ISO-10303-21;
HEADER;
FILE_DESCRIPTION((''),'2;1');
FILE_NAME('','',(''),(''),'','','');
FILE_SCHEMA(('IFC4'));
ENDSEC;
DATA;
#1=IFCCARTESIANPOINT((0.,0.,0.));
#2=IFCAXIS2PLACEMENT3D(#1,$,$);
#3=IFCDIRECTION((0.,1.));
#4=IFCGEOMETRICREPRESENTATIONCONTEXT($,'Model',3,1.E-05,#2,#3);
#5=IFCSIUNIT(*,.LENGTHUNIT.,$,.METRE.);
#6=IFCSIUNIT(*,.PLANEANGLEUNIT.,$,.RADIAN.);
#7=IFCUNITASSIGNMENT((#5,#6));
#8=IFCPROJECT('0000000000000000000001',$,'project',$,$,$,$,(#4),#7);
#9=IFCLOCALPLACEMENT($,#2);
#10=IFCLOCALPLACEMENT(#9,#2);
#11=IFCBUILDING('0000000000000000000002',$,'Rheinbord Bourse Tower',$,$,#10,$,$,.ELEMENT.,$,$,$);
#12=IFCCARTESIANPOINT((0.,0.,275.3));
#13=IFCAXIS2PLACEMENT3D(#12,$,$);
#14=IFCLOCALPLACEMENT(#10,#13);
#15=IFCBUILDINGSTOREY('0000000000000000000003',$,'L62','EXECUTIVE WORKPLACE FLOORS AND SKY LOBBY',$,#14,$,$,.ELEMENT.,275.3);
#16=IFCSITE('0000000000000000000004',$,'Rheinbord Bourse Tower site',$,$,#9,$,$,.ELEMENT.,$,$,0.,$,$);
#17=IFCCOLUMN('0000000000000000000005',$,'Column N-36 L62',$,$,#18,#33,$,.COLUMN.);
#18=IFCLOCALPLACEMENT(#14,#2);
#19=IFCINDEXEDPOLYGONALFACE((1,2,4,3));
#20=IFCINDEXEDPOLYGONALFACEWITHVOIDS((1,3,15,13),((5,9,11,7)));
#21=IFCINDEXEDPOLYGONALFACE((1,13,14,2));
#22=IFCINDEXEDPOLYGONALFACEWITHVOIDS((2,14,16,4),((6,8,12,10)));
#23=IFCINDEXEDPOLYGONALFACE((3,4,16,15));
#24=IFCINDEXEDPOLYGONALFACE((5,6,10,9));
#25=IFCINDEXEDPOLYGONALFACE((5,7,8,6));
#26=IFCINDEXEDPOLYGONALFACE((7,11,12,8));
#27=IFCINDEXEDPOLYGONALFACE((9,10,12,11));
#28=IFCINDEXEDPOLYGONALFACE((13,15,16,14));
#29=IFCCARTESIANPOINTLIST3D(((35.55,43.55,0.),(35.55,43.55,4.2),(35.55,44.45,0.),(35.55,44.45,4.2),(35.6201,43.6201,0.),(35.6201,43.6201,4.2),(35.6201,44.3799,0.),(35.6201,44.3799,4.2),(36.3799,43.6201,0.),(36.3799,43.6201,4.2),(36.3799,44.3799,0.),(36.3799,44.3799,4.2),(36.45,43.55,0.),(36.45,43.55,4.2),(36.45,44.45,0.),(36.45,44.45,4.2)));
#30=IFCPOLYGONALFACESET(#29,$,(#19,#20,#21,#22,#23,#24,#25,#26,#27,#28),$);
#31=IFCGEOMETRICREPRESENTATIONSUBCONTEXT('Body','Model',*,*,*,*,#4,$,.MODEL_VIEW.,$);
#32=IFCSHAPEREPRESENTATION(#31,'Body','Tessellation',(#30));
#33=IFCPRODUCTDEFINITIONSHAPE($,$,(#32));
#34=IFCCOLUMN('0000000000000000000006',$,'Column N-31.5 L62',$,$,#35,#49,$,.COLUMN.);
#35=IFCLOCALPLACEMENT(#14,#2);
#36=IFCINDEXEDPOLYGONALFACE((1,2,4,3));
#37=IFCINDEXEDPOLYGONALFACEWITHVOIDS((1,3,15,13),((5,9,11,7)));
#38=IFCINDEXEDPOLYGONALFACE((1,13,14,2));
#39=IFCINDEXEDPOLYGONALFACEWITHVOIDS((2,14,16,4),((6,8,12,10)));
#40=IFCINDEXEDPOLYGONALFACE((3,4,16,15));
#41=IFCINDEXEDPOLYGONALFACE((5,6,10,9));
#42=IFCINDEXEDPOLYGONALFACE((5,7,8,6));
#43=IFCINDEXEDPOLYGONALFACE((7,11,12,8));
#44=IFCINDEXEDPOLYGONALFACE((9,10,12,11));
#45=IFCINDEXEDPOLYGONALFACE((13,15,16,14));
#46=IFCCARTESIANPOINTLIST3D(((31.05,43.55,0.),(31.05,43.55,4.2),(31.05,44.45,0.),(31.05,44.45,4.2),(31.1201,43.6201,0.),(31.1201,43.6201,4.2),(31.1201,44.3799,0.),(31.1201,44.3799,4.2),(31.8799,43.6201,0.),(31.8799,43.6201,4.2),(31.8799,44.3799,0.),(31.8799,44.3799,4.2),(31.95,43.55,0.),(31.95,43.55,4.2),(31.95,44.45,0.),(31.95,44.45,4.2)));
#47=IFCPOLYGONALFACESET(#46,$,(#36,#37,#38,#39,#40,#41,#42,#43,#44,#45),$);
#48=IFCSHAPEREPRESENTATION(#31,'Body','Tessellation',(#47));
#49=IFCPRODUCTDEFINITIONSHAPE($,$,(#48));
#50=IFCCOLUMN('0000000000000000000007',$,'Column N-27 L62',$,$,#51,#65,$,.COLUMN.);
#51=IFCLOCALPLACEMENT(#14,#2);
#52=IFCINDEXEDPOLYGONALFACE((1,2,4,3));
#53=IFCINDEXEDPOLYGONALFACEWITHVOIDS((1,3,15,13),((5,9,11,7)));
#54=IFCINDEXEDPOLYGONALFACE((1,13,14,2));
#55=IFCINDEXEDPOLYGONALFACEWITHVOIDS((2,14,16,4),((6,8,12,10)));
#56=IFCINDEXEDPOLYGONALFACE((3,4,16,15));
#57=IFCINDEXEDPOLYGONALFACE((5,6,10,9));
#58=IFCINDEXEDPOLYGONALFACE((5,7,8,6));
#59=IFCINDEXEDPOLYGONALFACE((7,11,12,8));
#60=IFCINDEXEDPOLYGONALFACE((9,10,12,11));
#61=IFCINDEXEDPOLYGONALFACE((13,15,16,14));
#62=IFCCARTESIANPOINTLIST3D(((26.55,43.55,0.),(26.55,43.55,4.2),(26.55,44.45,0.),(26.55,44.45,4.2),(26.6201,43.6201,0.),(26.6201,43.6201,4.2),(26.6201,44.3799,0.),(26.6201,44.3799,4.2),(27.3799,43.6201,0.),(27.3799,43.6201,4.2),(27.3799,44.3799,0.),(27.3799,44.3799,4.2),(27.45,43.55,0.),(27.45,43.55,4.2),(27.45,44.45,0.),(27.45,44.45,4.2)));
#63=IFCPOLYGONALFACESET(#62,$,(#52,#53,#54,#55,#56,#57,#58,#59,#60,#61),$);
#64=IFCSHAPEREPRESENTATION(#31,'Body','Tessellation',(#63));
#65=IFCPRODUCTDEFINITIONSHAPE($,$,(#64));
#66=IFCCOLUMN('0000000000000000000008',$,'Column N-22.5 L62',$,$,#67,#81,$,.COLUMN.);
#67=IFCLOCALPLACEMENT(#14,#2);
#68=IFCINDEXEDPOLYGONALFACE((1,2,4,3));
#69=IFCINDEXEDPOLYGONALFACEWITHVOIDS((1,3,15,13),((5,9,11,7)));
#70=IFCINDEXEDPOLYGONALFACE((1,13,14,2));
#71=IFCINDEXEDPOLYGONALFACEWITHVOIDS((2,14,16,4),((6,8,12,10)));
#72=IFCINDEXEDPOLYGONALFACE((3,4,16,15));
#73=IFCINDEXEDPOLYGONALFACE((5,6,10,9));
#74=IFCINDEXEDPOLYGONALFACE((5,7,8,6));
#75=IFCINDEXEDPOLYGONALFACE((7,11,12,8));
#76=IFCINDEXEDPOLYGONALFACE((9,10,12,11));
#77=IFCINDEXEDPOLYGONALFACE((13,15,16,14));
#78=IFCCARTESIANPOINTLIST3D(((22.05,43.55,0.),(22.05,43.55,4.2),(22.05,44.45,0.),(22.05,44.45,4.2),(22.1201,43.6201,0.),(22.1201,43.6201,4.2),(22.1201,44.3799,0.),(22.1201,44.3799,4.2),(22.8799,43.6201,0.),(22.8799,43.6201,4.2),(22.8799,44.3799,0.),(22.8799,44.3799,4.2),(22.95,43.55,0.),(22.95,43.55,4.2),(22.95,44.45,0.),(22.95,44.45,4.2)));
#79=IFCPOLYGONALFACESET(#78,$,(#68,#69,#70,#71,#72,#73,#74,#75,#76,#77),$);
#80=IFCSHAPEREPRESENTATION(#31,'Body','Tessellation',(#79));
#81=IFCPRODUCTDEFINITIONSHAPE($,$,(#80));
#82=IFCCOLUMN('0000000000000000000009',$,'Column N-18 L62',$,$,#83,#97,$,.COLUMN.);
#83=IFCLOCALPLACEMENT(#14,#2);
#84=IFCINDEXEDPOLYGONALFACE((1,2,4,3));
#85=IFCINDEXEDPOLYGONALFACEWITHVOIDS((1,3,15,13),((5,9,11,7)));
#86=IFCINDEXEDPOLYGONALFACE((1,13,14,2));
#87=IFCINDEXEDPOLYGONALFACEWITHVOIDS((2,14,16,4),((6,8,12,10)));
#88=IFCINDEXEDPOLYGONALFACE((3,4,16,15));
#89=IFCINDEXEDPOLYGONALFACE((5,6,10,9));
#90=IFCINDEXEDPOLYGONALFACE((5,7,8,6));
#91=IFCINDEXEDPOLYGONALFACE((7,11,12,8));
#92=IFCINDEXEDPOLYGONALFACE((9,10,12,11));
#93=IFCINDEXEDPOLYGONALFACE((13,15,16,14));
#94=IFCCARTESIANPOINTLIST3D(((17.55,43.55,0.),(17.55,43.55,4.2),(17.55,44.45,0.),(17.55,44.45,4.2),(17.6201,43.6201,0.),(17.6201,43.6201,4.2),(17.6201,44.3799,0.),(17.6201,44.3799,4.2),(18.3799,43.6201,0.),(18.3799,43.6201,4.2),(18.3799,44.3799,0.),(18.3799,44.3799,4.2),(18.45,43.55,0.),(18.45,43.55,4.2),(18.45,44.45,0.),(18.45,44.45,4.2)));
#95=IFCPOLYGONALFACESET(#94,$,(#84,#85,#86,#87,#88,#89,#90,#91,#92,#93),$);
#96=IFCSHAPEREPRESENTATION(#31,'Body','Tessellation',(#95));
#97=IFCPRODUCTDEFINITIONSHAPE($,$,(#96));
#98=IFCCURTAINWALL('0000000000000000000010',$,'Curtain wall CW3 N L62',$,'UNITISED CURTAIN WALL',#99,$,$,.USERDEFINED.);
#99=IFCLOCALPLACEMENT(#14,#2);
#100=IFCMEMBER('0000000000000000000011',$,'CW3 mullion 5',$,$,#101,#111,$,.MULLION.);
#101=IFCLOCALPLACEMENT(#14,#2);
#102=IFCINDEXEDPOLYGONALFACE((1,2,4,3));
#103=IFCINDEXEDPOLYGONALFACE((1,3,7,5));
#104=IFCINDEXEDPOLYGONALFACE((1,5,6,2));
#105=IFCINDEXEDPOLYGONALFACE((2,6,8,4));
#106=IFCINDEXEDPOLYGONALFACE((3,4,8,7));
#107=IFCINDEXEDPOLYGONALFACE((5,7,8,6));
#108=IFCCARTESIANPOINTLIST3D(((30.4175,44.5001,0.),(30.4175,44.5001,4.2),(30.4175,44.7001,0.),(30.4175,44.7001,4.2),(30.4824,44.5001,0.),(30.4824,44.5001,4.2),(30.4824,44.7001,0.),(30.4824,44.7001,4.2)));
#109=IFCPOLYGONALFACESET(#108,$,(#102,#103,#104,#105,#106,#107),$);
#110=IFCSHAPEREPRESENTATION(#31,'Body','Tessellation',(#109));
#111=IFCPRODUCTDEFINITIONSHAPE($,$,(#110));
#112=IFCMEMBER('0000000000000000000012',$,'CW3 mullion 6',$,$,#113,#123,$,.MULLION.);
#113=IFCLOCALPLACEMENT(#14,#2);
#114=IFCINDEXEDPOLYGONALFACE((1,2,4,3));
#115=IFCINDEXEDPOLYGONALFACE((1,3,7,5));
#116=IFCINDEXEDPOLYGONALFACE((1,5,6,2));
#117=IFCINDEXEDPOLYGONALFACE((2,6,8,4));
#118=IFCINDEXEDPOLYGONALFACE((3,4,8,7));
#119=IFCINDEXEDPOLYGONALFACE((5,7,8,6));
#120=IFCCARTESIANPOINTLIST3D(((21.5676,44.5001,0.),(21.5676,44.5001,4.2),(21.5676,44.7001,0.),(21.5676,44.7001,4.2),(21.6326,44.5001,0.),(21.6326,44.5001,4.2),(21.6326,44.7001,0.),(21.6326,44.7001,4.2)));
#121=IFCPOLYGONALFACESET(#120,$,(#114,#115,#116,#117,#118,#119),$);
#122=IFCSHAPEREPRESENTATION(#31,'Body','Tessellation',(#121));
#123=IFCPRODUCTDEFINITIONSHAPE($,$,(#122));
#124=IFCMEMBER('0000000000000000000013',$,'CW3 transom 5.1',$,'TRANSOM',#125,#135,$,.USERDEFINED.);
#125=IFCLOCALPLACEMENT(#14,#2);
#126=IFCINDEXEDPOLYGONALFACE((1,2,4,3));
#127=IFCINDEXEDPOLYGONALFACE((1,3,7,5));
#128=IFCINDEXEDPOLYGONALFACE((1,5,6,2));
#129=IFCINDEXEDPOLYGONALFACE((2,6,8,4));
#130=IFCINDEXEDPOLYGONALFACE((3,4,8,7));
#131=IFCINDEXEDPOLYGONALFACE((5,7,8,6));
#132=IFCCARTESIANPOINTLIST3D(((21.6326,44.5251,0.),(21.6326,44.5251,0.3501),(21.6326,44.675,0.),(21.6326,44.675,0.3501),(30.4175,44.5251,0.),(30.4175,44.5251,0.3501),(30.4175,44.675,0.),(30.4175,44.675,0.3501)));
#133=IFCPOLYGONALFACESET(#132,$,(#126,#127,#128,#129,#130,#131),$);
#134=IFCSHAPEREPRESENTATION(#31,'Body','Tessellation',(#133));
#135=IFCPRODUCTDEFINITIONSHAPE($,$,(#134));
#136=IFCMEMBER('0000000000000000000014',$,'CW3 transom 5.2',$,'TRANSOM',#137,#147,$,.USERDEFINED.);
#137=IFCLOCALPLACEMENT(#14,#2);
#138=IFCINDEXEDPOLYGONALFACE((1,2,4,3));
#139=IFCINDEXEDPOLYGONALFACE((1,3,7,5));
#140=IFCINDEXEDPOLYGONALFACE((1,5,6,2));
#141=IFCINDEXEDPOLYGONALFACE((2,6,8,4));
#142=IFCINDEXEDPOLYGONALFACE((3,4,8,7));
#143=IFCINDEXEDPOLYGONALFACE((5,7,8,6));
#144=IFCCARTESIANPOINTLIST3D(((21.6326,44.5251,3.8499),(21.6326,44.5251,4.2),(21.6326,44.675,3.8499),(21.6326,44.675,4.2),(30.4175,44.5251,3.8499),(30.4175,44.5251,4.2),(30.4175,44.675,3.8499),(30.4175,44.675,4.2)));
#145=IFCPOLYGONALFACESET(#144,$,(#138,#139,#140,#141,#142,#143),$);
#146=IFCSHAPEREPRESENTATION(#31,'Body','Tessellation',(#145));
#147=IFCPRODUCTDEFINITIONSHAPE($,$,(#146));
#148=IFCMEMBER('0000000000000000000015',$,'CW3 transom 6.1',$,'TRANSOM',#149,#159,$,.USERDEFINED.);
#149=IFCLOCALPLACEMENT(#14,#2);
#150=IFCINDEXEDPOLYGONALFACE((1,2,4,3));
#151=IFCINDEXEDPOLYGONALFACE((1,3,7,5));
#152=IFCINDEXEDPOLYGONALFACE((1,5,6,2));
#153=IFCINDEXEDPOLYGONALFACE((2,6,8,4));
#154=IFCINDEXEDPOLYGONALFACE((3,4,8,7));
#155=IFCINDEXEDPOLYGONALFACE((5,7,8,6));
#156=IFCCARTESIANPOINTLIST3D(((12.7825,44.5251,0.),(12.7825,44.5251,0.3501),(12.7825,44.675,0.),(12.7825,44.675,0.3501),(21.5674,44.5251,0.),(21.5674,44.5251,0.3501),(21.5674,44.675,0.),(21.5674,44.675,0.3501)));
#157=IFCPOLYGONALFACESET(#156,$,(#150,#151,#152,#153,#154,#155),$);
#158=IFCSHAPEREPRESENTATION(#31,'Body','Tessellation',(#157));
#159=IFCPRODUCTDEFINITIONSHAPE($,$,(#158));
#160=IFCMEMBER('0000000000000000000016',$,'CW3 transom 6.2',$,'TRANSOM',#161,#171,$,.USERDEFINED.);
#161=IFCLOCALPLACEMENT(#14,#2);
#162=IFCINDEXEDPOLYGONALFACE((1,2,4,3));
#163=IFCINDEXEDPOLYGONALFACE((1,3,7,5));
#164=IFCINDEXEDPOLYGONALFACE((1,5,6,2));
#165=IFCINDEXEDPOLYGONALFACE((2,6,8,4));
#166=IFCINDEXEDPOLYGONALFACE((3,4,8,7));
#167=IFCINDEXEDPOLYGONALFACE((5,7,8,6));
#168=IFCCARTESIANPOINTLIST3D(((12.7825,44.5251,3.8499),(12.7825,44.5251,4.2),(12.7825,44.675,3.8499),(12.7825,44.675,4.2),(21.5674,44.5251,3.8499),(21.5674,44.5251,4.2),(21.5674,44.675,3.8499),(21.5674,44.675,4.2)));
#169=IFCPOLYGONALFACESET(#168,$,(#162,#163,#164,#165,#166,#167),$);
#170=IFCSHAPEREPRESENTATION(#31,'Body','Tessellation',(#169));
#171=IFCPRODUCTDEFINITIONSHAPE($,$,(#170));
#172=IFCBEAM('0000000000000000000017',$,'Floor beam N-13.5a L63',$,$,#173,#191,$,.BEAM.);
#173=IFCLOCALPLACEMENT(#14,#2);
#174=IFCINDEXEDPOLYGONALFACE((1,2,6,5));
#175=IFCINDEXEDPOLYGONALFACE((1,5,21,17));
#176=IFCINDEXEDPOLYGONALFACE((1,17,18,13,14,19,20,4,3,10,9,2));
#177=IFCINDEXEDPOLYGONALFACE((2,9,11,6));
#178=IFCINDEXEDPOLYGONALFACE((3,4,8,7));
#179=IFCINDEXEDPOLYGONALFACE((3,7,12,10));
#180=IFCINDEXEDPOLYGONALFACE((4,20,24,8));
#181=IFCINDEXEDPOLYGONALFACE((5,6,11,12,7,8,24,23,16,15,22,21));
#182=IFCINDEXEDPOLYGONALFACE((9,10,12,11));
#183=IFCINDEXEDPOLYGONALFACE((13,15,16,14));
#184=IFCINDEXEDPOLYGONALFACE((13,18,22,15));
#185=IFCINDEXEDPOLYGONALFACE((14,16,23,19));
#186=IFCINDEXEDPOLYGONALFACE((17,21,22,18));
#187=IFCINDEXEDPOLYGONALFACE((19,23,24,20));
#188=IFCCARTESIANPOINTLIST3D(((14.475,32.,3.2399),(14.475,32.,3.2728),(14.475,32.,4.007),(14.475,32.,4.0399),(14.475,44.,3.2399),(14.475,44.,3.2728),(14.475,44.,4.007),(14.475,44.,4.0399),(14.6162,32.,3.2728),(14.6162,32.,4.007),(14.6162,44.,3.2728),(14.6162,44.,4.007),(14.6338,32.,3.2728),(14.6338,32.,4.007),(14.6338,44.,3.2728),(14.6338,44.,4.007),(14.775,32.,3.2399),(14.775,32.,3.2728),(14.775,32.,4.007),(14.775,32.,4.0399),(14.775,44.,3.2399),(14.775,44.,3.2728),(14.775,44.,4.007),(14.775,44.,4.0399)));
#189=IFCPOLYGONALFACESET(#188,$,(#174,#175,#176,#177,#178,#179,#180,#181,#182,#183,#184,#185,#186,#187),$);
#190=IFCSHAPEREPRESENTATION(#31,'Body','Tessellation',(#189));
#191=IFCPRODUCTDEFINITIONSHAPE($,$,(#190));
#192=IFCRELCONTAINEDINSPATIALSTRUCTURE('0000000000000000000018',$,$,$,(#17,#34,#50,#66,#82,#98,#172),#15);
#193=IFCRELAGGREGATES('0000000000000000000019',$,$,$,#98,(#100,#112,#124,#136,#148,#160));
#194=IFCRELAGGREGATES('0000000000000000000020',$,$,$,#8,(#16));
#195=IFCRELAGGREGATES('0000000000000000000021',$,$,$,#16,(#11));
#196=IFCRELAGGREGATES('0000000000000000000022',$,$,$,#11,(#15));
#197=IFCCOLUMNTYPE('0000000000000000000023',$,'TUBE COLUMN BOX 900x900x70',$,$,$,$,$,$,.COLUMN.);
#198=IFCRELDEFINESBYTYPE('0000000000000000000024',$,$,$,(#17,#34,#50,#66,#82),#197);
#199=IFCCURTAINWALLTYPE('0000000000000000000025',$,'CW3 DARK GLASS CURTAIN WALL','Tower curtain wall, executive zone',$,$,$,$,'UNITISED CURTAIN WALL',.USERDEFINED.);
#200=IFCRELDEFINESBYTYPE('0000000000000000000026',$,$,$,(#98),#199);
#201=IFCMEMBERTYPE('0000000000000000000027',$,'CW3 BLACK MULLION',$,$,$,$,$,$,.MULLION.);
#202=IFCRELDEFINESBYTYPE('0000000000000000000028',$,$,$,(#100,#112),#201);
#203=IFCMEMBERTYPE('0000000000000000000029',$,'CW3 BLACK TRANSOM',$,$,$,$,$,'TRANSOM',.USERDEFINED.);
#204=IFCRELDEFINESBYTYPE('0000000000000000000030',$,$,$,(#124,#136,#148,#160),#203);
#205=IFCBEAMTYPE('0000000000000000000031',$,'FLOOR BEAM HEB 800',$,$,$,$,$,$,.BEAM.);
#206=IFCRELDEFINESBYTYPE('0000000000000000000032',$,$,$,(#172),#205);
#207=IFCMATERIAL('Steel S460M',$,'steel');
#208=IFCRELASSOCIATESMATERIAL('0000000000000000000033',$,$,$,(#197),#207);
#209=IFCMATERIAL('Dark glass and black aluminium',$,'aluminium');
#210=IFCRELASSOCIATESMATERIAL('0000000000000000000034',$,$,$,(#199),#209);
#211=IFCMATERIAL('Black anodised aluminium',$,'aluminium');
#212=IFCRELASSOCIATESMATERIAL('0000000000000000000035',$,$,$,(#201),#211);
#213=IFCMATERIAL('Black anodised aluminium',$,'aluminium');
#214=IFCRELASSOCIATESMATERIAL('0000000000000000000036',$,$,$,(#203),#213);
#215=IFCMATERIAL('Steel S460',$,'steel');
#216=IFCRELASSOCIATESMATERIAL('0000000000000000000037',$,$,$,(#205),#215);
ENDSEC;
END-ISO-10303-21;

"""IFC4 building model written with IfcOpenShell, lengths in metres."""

from ifc_helpers import new_model, si_unit, direction, frame, origin, origin_2d, place, context, subcontext, project, spatial, rectangle, hollow_rectangle, i_section, extrude, material, material_profile, profile_set, type_object, element, aggregate, save


model = new_model("IFC4")

# Units and contexts
model_context = context("Model", 3, precision=1e-05, world=origin(), true_north=direction((0.0, 1.0)))
body_context = subcontext(model_context, "Body", "Model", "MODEL_VIEW")
ifc_project = project(units=[si_unit("LENGTHUNIT", "METRE"), si_unit("PLANEANGLEUNIT", "RADIAN")], contexts=[model_context])

# Site, building, storey
site_placement = place(None, origin())
site = spatial("IfcSite", under=ifc_project, at=site_placement, Name="Rheinbord Bourse Tower site", CompositionType="ELEMENT", RefElevation=0.0)
building_placement = place(site_placement, origin())
building = spatial("IfcBuilding", under=site, at=building_placement, Name="Rheinbord Bourse Tower", CompositionType="ELEMENT")
storey_placement = place(building_placement, frame((0.0, 0.0, 275.3)))
storey = spatial("IfcBuildingStorey", under=building, at=storey_placement, Name="L62", Description="EXECUTIVE WORKPLACE FLOORS AND SKY LOBBY", CompositionType="ELEMENT", Elevation=275.3)

# Columns
ifc_material_1 = material(Name="Steel S460M", Category="steel")
ifc_material_profile_1 = material_profile(ifc_material_1, hollow_rectangle(XDim=0.8999, YDim=0.8999, WallThickness=0.0701, at=origin_2d()), Name="BOX 900x900x70")
ifc_profile_set_1 = profile_set([ifc_material_profile_1], Name="Steel S460M")
column_type = type_object("IfcColumnType", Name="TUBE COLUMN BOX 900x900x70", PredefinedType="COLUMN", material=ifc_profile_set_1)
for number, where, z_axis, x_axis, name in (
    (1, (36.0, 44.0, 0.0), (0.0, 0.0, 1.0), (0.0, 1.0, 0.0), "Column N-36 L62"),
    (2, (31.5, 44.0, 0.0), (0.0, 0.0, 1.0), (0.0, 1.0, 0.0), "Column N-31.5 L62"),
    (3, (27.0, 44.0, 0.0), (0.0, 0.0, 1.0), (0.0, 1.0, 0.0), "Column N-27 L62"),
    (4, (22.5, 44.0, 0.0), (0.0, 0.0, 1.0), (0.0, 1.0, 0.0), "Column N-22.5 L62"),
    (5, (18.0, 44.0, 0.0), (0.0, 0.0, 1.0), (0.0, 1.0, 0.0), "Column N-18 L62"),
):
    element("IfcColumn", number, at=place(storey_placement, frame(where, z_axis=z_axis, x_axis=x_axis)), inside=storey, type_object=column_type, Name=name, PredefinedType="COLUMN", context=body_context, shape_type="SweptSolid", body=[
        extrude(hollow_rectangle(XDim=0.8999, YDim=0.8999, WallThickness=0.0701, at=origin_2d()), origin(), (0.0, 0.0, 1.0), 4.2),
    ])

# Curtain wall, members
ifc_material_2 = material(Name="Dark glass and black aluminium", Category="aluminium")
curtain_wall_type = type_object("IfcCurtainWallType", Name="CW3 DARK GLASS CURTAIN WALL", Description="Tower curtain wall, executive zone", ElementType="UNITISED CURTAIN WALL", PredefinedType="USERDEFINED", material=ifc_material_2)
curtain_wall_placement = place(storey_placement, origin())
curtain_wall = element("IfcCurtainWall", 6, at=curtain_wall_placement, inside=storey, type_object=curtain_wall_type, Name="Curtain wall CW3 N L62", ObjectType="UNITISED CURTAIN WALL", PredefinedType="USERDEFINED")
ifc_material_3 = material(Name="Black anodised aluminium", Category="aluminium")
ifc_material_profile_2 = material_profile(ifc_material_3, rectangle(XDim=0.2, YDim=0.0649, at=origin_2d()), Name="CW3 MULLION 65x200")
ifc_profile_set_2 = profile_set([ifc_material_profile_2], Name="Black anodised aluminium")
member_type_1 = type_object("IfcMemberType", Name="CW3 BLACK MULLION", PredefinedType="MULLION", material=ifc_profile_set_2)
member_1_placement = place(storey_placement, frame((30.45, 44.6001, 0.0), z_axis=(0.0, 0.0, 1.0), x_axis=(0.0, -1.0, 0.0)))
member_1 = element("IfcMember", 7, at=member_1_placement, type_object=member_type_1, Name="CW3 mullion 5", PredefinedType="MULLION", context=body_context, shape_type="SweptSolid", body=[
    extrude(rectangle(XDim=0.2, YDim=0.0649, at=origin_2d()), origin(), (0.0, 0.0, 1.0), 4.2),
])
member_2_placement = place(storey_placement, frame((21.6001, 44.6001, 0.0), z_axis=(0.0, 0.0, 1.0), x_axis=(0.0, -1.0, 0.0)))
member_2 = element("IfcMember", 8, at=member_2_placement, type_object=member_type_1, Name="CW3 mullion 6", PredefinedType="MULLION", context=body_context, shape_type="SweptSolid", body=[
    extrude(rectangle(XDim=0.2, YDim=0.0649, at=origin_2d()), origin(), (0.0, 0.0, 1.0), 4.2),
])
ifc_material_4 = material(Name="Black anodised aluminium", Category="aluminium")
ifc_material_profile_3 = material_profile(ifc_material_4, rectangle(XDim=0.1499, YDim=0.3501, at=origin_2d()), Name="CW3 TRANSOM 350x150")
ifc_profile_set_3 = profile_set([ifc_material_profile_3], Name="Black anodised aluminium")
member_type_2 = type_object("IfcMemberType", Name="CW3 BLACK TRANSOM", ElementType="TRANSOM", PredefinedType="USERDEFINED", material=ifc_profile_set_3)
member_3_placement = place(storey_placement, frame((30.4175, 44.6001, 0.175), z_axis=(-1.0, 0.0, 0.0), x_axis=(0.0, -1.0, 0.0)))
member_3 = element("IfcMember", 9, at=member_3_placement, type_object=member_type_2, Name="CW3 transom 5.1", ObjectType="TRANSOM", PredefinedType="USERDEFINED", context=body_context, shape_type="SweptSolid", body=[
    extrude(rectangle(XDim=0.1499, YDim=0.3501, at=origin_2d()), origin(), (0.0, 0.0, 1.0), 8.7849),
])
member_4_placement = place(storey_placement, frame((30.4175, 44.6001, 4.0249), z_axis=(-1.0, 0.0, 0.0), x_axis=(0.0, -1.0, 0.0)))
member_4 = element("IfcMember", 10, at=member_4_placement, type_object=member_type_2, Name="CW3 transom 5.2", ObjectType="TRANSOM", PredefinedType="USERDEFINED", context=body_context, shape_type="SweptSolid", body=[
    extrude(rectangle(XDim=0.1499, YDim=0.3501, at=origin_2d()), origin(), (0.0, 0.0, 1.0), 8.7849),
])
member_5_placement = place(storey_placement, frame((21.5674, 44.6001, 0.175), z_axis=(-1.0, 0.0, 0.0), x_axis=(0.0, -1.0, 0.0)))
member_5 = element("IfcMember", 11, at=member_5_placement, type_object=member_type_2, Name="CW3 transom 6.1", ObjectType="TRANSOM", PredefinedType="USERDEFINED", context=body_context, shape_type="SweptSolid", body=[
    extrude(rectangle(XDim=0.1499, YDim=0.3501, at=origin_2d()), origin(), (0.0, 0.0, 1.0), 8.7849),
])
member_6_placement = place(storey_placement, frame((21.5674, 44.6001, 4.0249), z_axis=(-1.0, 0.0, 0.0), x_axis=(0.0, -1.0, 0.0)))
member_6 = element("IfcMember", 12, at=member_6_placement, type_object=member_type_2, Name="CW3 transom 6.2", ObjectType="TRANSOM", PredefinedType="USERDEFINED", context=body_context, shape_type="SweptSolid", body=[
    extrude(rectangle(XDim=0.1499, YDim=0.3501, at=origin_2d()), origin(), (0.0, 0.0, 1.0), 8.7849),
])

# Beam
ifc_material_5 = material(Name="Steel S460", Category="steel")
ifc_material_profile_4 = material_profile(ifc_material_5, i_section(OverallWidth=0.3, OverallDepth=0.8, WebThickness=0.0176, FlangeThickness=0.033, at=origin_2d()), Name="HEB 800")
ifc_profile_set_4 = profile_set([ifc_material_profile_4], Name="Steel S460")
beam_type_1 = type_object("IfcBeamType", Name="FLOOR BEAM HEB 800", PredefinedType="BEAM", material=ifc_profile_set_4)
for number, where, z_axis, x_axis, name in (
    (13, (14.625, 44.0, 3.6399), (0.0, -1.0, 0.0), (1.0, 0.0, 0.0), "Floor beam N-13.5a L63"),
):
    element("IfcBeam", number, at=place(storey_placement, frame(where, z_axis=z_axis, x_axis=x_axis)), inside=storey, type_object=beam_type_1, Name=name, PredefinedType="BEAM", context=body_context, shape_type="SweptSolid", body=[
        extrude(i_section(OverallWidth=0.3, OverallDepth=0.8, WebThickness=0.0176, FlangeThickness=0.033, at=origin_2d()), origin(), (0.0, 0.0, 1.0), 12.0),
    ])

aggregate(curtain_wall, [member_1, member_2, member_3, member_4, member_5, member_6])

save(model, "model.ifc")
